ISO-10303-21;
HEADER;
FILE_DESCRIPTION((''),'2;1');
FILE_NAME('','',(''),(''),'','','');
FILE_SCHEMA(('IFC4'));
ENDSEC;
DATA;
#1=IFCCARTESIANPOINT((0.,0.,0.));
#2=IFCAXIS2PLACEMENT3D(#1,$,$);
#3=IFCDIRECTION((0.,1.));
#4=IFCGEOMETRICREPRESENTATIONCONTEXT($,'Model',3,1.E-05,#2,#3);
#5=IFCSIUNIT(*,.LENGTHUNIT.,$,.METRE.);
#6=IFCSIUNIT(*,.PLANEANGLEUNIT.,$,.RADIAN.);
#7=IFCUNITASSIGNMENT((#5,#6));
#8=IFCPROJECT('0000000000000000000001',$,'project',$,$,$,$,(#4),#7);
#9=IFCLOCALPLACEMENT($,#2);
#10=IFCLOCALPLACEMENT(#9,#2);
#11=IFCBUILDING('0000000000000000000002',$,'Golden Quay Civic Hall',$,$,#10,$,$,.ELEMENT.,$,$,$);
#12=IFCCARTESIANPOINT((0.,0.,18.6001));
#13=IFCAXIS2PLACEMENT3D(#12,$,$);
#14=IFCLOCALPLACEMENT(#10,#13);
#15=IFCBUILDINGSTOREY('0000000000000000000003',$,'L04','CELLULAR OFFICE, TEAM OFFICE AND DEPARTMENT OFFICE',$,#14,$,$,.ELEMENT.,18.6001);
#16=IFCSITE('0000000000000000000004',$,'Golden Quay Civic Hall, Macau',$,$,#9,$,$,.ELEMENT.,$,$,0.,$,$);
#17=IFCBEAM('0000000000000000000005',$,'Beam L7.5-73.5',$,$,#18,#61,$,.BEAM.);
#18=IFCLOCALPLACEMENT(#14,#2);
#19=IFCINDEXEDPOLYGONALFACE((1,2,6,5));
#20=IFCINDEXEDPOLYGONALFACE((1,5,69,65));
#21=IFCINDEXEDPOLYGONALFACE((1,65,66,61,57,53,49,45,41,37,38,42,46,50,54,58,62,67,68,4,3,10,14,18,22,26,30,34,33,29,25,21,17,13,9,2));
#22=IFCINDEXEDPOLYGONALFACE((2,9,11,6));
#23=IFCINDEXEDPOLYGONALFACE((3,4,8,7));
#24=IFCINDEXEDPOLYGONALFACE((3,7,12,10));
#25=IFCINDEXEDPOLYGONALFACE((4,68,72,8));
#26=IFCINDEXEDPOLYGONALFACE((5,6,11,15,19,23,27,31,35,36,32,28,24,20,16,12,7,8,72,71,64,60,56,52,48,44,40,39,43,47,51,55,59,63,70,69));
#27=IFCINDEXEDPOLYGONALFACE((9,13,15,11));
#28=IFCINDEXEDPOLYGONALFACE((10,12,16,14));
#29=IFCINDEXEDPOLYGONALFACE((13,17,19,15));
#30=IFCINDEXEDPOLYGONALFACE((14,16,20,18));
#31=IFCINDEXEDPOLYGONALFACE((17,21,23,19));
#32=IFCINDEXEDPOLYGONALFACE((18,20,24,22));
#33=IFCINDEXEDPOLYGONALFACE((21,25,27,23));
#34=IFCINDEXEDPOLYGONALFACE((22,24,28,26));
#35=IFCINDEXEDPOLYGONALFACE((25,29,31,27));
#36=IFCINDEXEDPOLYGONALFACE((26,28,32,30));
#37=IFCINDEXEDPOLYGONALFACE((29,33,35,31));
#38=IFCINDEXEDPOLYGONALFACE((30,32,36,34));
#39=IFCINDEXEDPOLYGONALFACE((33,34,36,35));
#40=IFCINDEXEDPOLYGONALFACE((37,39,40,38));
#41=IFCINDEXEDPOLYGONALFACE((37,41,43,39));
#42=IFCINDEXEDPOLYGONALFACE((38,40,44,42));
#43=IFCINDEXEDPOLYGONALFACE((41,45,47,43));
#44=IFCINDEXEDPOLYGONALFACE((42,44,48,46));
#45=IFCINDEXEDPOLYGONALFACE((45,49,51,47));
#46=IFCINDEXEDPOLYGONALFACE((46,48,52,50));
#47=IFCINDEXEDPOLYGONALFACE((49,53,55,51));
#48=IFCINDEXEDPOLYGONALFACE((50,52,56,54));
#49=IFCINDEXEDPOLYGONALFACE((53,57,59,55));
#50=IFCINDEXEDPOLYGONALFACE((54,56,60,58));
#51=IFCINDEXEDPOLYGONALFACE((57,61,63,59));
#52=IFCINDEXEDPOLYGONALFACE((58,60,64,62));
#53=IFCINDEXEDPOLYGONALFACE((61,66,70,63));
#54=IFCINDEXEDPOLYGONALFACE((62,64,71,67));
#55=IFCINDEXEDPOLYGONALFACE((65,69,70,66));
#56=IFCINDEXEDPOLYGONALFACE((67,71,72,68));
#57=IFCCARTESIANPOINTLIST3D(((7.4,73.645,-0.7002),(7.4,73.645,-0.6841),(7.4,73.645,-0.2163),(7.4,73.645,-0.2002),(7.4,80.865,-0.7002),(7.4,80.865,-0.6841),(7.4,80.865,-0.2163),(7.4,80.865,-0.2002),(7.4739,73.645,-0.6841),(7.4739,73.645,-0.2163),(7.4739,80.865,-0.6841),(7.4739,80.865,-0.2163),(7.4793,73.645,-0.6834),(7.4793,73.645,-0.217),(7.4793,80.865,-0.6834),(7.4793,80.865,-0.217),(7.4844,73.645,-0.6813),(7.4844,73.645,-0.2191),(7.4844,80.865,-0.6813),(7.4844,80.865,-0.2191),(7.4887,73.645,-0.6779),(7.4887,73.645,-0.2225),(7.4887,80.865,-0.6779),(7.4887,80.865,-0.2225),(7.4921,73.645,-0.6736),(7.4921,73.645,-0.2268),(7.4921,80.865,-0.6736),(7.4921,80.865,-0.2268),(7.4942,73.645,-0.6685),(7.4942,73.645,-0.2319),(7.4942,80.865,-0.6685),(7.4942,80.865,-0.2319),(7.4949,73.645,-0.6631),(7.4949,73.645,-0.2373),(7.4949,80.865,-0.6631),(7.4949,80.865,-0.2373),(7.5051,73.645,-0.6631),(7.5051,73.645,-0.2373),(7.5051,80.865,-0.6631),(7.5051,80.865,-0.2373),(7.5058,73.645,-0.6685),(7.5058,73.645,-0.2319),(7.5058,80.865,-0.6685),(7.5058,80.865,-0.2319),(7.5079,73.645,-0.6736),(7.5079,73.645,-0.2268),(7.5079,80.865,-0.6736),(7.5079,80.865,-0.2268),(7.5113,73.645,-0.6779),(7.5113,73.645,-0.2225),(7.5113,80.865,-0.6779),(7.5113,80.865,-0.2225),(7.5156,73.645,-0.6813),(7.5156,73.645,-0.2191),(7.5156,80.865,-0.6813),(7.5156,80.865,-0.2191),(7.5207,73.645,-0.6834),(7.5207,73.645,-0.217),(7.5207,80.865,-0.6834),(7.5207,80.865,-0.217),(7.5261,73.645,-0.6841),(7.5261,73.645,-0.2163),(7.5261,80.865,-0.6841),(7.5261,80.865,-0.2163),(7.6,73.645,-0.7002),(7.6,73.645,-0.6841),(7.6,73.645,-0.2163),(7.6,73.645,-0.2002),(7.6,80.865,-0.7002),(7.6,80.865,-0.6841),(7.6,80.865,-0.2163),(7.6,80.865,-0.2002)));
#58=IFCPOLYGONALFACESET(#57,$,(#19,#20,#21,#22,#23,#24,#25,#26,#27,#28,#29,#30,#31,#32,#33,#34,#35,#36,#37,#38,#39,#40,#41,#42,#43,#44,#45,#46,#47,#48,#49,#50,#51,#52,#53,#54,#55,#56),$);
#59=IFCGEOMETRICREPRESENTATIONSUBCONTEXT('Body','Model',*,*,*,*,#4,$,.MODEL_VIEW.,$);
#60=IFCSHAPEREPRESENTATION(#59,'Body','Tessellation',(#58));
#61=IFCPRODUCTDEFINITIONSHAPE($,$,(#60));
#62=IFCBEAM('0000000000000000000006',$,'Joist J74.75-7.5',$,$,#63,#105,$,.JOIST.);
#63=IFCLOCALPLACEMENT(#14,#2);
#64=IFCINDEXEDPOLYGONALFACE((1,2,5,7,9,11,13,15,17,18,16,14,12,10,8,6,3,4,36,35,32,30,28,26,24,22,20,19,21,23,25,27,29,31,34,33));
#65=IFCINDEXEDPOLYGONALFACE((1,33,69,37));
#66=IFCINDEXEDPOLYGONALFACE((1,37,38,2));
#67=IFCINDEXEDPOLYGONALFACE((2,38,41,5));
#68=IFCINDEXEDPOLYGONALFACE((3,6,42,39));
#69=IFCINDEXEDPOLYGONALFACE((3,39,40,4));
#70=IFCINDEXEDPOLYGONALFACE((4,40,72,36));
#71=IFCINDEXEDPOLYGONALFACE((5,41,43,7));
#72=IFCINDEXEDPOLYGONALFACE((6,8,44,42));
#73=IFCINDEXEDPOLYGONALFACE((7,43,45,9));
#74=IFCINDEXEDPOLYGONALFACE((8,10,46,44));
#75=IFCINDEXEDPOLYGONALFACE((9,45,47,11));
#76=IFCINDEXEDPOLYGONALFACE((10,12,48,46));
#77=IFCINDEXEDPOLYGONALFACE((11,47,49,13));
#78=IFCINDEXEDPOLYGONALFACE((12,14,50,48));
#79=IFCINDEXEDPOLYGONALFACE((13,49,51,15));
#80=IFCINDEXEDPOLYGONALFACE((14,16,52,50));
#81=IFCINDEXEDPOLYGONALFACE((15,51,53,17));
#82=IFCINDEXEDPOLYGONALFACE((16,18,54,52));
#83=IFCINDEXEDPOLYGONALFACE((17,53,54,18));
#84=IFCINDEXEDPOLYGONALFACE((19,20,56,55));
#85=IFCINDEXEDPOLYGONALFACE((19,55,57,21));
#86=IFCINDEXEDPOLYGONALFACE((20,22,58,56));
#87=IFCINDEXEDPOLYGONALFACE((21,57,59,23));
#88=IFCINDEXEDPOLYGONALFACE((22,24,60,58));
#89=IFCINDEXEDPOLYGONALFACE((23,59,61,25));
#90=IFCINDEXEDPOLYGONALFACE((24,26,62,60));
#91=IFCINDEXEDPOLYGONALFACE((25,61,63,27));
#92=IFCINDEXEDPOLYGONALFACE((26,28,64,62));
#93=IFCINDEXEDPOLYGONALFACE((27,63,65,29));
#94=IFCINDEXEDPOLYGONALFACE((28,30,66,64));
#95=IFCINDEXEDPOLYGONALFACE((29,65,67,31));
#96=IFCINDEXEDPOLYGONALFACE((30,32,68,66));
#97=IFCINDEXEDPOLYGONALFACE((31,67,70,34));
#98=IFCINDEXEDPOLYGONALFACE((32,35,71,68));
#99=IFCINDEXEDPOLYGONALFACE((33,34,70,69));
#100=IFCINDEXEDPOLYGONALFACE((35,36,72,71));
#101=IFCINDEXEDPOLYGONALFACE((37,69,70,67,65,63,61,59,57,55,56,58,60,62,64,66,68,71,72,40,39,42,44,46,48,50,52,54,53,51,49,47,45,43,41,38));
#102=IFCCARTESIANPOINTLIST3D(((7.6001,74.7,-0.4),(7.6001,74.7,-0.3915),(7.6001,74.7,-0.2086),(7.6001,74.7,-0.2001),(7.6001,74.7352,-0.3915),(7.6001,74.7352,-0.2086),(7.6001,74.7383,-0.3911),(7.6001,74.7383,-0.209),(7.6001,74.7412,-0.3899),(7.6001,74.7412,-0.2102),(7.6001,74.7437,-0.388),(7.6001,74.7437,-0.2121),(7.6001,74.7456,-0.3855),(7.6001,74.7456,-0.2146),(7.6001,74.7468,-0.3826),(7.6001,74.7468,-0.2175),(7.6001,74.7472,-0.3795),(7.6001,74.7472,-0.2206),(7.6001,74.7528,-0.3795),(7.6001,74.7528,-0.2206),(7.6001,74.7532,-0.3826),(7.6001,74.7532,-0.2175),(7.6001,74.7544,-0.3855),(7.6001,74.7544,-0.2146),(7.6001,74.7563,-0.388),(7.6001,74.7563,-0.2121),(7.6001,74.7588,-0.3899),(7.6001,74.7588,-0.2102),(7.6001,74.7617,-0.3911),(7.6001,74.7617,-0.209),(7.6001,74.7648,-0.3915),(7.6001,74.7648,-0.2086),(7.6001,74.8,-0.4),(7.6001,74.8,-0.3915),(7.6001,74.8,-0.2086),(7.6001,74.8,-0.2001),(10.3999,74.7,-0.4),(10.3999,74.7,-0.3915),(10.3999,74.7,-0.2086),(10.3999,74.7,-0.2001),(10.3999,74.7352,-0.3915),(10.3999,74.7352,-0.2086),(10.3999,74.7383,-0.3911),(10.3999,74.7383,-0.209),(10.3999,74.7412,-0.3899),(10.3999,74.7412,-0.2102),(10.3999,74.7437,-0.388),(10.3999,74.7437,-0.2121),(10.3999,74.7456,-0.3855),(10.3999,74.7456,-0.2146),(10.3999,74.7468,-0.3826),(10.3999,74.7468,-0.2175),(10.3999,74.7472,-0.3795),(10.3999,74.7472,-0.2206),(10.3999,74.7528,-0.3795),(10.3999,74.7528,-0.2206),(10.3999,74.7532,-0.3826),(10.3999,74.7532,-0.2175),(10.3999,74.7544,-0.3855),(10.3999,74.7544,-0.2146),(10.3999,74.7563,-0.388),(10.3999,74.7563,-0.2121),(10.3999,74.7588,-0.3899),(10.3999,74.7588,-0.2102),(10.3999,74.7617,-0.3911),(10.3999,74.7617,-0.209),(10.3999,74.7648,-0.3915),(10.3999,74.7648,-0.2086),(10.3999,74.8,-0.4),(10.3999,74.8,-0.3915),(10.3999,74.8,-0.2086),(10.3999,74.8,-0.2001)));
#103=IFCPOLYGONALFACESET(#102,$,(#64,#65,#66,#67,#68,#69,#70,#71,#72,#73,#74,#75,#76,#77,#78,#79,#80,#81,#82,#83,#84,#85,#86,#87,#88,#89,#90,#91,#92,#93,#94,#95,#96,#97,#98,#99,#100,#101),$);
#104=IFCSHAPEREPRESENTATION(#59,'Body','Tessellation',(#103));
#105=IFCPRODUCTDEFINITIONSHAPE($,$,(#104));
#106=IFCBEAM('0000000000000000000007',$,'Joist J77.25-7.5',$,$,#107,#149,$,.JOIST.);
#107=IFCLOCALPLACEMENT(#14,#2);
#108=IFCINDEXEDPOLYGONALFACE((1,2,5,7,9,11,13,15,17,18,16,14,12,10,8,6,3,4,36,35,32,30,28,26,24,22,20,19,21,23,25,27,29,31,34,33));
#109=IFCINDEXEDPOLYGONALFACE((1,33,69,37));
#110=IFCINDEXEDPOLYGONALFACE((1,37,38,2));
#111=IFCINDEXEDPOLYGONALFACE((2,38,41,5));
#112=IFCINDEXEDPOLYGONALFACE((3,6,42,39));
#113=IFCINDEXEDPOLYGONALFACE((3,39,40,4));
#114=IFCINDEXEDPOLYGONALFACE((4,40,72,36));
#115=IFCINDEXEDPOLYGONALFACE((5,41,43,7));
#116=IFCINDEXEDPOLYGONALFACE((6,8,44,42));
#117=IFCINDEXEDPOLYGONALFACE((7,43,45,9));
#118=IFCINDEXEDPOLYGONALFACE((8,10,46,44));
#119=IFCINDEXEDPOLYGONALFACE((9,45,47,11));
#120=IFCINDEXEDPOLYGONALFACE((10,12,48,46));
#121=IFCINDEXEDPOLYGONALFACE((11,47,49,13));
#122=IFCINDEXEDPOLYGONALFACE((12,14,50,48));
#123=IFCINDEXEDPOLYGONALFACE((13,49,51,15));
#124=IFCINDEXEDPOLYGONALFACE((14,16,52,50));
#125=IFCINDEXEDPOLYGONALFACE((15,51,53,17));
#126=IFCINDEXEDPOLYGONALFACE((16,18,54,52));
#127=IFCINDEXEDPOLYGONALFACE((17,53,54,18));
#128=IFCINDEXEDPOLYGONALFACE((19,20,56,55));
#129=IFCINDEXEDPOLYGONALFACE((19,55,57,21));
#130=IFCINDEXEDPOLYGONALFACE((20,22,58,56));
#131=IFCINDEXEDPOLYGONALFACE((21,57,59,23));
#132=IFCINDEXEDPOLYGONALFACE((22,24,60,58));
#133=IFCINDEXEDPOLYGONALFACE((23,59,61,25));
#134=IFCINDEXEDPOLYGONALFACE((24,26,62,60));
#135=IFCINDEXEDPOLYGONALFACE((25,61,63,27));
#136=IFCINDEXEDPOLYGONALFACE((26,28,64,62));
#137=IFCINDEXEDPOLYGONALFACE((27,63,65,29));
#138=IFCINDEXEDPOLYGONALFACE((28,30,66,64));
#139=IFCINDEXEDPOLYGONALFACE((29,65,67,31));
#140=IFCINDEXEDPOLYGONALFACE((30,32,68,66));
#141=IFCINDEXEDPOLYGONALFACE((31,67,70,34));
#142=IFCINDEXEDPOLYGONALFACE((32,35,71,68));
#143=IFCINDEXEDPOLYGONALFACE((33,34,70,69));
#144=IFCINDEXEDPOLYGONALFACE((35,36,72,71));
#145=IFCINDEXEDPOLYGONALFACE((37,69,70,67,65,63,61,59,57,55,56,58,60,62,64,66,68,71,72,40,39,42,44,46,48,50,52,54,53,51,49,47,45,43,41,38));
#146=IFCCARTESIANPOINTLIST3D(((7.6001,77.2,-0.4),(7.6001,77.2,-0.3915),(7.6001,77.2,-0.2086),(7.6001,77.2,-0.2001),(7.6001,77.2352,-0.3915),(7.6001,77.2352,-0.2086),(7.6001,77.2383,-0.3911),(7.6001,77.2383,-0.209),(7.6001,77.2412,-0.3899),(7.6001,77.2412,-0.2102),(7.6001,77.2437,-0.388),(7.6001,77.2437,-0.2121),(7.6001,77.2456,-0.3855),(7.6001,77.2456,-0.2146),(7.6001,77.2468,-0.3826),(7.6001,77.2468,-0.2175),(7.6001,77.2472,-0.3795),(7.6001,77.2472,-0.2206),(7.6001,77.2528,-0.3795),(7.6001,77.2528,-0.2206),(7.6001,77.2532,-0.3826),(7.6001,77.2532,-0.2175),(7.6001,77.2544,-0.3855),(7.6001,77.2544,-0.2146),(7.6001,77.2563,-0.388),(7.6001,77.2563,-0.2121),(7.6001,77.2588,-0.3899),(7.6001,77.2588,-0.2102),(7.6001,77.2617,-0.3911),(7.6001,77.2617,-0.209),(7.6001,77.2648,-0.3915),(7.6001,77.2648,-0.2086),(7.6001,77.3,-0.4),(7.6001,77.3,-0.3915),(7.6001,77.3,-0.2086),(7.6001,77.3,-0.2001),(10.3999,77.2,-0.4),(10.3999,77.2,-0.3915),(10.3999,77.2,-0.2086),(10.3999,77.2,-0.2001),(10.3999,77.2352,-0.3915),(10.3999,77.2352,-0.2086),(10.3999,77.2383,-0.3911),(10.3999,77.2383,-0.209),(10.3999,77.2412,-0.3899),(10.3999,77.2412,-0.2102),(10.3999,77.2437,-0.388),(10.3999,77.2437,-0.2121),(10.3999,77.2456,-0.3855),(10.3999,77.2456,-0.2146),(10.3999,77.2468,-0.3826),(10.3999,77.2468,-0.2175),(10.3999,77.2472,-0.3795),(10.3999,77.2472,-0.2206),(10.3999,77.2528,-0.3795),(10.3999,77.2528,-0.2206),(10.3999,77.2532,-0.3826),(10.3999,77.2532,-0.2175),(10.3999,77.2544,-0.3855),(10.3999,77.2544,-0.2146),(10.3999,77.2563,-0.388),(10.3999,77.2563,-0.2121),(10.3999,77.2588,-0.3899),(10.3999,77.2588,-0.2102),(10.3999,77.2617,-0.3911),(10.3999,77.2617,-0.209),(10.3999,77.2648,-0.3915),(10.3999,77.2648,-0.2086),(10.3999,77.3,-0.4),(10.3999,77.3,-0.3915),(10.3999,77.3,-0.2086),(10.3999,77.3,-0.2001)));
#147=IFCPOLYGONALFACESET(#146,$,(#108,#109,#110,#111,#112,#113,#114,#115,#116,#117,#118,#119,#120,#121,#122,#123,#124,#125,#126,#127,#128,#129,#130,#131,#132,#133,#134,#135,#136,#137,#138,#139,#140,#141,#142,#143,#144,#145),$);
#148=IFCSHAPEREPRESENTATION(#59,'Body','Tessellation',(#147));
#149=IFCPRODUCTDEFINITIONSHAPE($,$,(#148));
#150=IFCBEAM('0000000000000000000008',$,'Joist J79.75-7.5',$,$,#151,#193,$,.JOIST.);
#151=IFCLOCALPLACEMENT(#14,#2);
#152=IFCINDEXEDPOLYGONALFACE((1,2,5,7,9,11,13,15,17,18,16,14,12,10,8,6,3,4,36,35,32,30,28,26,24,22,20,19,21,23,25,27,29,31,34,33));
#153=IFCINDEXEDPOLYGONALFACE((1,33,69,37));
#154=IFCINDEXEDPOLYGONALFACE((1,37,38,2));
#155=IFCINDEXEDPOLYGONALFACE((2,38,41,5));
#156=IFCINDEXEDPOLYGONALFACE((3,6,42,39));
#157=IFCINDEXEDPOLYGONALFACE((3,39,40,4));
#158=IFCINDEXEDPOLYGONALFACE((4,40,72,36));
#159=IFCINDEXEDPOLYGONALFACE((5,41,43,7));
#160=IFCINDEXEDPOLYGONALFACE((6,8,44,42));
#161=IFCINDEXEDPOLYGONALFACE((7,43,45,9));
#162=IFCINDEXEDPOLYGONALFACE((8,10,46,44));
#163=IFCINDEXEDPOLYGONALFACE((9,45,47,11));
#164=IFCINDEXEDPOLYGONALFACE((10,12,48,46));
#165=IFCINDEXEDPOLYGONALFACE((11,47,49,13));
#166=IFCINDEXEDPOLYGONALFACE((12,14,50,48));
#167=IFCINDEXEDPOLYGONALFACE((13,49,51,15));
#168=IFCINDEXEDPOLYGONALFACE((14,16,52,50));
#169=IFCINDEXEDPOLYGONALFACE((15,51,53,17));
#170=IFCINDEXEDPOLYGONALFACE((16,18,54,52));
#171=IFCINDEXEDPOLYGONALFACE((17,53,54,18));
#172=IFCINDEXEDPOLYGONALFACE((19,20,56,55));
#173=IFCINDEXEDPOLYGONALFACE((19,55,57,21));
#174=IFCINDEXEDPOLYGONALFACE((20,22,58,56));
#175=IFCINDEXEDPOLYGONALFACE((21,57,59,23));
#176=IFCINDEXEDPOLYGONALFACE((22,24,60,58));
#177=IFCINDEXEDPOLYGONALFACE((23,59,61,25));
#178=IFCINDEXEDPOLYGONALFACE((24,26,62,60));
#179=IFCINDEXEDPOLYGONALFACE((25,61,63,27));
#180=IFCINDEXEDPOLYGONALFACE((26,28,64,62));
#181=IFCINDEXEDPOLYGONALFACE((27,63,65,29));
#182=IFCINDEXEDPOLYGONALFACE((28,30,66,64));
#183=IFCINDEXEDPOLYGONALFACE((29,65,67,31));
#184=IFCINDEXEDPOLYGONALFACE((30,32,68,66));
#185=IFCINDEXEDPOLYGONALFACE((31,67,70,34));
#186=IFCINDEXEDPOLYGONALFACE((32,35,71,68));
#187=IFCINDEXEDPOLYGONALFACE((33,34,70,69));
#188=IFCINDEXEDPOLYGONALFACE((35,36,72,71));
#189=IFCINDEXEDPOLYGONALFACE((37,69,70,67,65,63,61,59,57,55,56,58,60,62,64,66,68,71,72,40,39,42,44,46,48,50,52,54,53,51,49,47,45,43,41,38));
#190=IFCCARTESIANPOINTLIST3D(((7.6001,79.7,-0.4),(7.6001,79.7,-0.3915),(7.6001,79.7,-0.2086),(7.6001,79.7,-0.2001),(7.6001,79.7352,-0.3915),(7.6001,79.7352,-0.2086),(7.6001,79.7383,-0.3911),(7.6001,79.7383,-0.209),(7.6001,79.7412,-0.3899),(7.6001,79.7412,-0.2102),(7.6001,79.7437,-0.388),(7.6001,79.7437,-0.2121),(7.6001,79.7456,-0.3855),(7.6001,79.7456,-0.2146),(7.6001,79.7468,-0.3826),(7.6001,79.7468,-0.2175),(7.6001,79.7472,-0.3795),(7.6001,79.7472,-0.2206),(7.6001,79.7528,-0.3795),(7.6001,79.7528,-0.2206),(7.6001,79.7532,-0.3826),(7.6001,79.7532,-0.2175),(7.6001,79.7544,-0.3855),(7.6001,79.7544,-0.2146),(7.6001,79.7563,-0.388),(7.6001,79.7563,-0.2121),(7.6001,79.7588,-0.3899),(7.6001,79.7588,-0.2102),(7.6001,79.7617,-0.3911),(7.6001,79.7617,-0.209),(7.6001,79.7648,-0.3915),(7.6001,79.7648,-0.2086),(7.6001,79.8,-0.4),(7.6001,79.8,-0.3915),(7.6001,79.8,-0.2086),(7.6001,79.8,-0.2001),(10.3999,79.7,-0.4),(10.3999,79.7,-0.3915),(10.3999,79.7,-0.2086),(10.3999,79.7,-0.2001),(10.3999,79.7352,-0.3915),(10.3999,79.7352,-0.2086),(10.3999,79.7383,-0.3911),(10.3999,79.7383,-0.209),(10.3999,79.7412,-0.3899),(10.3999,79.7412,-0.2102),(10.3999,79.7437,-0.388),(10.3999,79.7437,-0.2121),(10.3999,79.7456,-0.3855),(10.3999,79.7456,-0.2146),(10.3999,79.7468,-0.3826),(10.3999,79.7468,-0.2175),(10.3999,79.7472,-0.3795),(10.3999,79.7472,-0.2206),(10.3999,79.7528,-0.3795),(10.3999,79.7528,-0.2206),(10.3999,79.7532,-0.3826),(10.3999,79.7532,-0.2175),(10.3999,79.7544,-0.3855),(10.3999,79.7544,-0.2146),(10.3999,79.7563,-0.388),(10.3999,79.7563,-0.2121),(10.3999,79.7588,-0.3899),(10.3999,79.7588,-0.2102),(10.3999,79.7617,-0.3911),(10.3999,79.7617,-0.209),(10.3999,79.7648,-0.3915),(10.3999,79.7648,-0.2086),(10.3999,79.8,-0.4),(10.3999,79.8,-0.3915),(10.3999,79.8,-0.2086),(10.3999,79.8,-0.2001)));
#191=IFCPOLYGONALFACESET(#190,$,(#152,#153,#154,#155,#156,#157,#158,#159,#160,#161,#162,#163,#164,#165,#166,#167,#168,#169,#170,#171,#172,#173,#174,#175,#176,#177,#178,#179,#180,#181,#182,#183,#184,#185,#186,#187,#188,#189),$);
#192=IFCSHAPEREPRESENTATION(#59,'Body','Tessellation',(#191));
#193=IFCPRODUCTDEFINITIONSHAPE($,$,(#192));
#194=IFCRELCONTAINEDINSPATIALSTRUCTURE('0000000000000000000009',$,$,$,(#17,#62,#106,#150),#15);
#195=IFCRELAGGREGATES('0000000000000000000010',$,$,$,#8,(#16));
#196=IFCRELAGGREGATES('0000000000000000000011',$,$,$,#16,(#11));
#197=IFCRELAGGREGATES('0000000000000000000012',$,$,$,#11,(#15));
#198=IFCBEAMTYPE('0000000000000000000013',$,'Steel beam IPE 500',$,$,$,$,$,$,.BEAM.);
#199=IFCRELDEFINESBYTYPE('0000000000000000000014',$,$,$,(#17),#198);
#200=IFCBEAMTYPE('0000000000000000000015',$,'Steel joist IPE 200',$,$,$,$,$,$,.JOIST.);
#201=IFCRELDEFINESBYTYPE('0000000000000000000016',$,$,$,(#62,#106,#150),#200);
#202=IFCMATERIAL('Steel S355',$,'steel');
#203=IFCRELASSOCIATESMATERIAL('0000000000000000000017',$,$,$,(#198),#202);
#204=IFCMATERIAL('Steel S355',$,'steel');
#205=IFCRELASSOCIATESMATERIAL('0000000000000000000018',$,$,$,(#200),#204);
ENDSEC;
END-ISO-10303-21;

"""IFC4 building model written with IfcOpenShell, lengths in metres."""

from ifc_helpers import new_model, si_unit, direction, frame, origin, origin_2d, place, context, subcontext, project, spatial, i_section, extrude, material, material_profile, profile_set, type_object, element, save


model = new_model("IFC4")

# Units and contexts
model_context = context("Model", 3, precision=1e-05, world=origin(), true_north=direction((0.0, 1.0)))
body_context = subcontext(model_context, "Body", "Model", "MODEL_VIEW")
ifc_project = project(units=[si_unit("LENGTHUNIT", "METRE"), si_unit("PLANEANGLEUNIT", "RADIAN")], contexts=[model_context])

# Site, building, storey
site_placement = place(None, origin())
site = spatial("IfcSite", under=ifc_project, at=site_placement, Name="Golden Quay Civic Hall, Macau", CompositionType="ELEMENT", RefElevation=0.0)
building_placement = place(site_placement, origin())
building = spatial("IfcBuilding", under=site, at=building_placement, Name="Golden Quay Civic Hall", CompositionType="ELEMENT")
storey_placement = place(building_placement, frame((0.0, 0.0, 18.6001)))
storey = spatial("IfcBuildingStorey", under=building, at=storey_placement, Name="L04", Description="CELLULAR OFFICE, TEAM OFFICE AND DEPARTMENT OFFICE", CompositionType="ELEMENT", Elevation=18.6001)

# Beams
ifc_material_1 = material(Name="Steel S355", Category="steel")
ifc_material_profile_1 = material_profile(ifc_material_1, i_section(OverallWidth=0.2, OverallDepth=0.5, WebThickness=0.0103, FlangeThickness=0.0161, FilletRadius=0.021, at=origin_2d()), Name="IPE 500")
ifc_profile_set_1 = profile_set([ifc_material_profile_1], Name="Steel S355")
beam_type_1 = type_object("IfcBeamType", Name="Steel beam IPE 500", PredefinedType="BEAM", material=ifc_profile_set_1)
beam_1_placement = place(storey_placement, frame((7.5, 73.645, -0.4502), z_axis=(0.0, 1.0, 0.0), x_axis=(-1.0, 0.0, 0.0)))
element("IfcBeam", 1, at=beam_1_placement, inside=storey, type_object=beam_type_1, Name="Beam L7.5-73.5", PredefinedType="BEAM", context=body_context, shape_type="SweptSolid", body=[
    extrude(i_section(OverallWidth=0.2, OverallDepth=0.5, WebThickness=0.0103, FlangeThickness=0.0161, FilletRadius=0.021, at=origin_2d()), origin(), (0.0, 0.0, 1.0), 7.22),
])
ifc_material_2 = material(Name="Steel S355", Category="steel")
ifc_material_profile_2 = material_profile(ifc_material_2, i_section(OverallWidth=0.1001, OverallDepth=0.2, WebThickness=0.0056, FlangeThickness=0.0085, FilletRadius=0.012, at=origin_2d()), Name="IPE 200")
ifc_profile_set_2 = profile_set([ifc_material_profile_2], Name="Steel S355")
beam_type_2 = type_object("IfcBeamType", Name="Steel joist IPE 200", PredefinedType="JOIST", material=ifc_profile_set_2)
for number, where, z_axis, x_axis, name in (
    (2, (7.6001, 74.75, -0.3), (1.0, 0.0, 0.0), (0.0, 1.0, 0.0), "Joist J74.75-7.5"),
    (3, (7.6001, 77.25, -0.3), (1.0, 0.0, 0.0), (0.0, 1.0, 0.0), "Joist J77.25-7.5"),
    (4, (7.6001, 79.75, -0.3), (1.0, 0.0, 0.0), (0.0, 1.0, 0.0), "Joist J79.75-7.5"),
):
    element("IfcBeam", number, at=place(storey_placement, frame(where, z_axis=z_axis, x_axis=x_axis)), inside=storey, type_object=beam_type_2, Name=name, PredefinedType="JOIST", context=body_context, shape_type="SweptSolid", body=[
        extrude(i_section(OverallWidth=0.1001, OverallDepth=0.2, WebThickness=0.0056, FlangeThickness=0.0085, FilletRadius=0.012, at=origin_2d()), origin(), (0.0, 0.0, 1.0), 2.7998),
    ])

save(model, "model.ifc")
